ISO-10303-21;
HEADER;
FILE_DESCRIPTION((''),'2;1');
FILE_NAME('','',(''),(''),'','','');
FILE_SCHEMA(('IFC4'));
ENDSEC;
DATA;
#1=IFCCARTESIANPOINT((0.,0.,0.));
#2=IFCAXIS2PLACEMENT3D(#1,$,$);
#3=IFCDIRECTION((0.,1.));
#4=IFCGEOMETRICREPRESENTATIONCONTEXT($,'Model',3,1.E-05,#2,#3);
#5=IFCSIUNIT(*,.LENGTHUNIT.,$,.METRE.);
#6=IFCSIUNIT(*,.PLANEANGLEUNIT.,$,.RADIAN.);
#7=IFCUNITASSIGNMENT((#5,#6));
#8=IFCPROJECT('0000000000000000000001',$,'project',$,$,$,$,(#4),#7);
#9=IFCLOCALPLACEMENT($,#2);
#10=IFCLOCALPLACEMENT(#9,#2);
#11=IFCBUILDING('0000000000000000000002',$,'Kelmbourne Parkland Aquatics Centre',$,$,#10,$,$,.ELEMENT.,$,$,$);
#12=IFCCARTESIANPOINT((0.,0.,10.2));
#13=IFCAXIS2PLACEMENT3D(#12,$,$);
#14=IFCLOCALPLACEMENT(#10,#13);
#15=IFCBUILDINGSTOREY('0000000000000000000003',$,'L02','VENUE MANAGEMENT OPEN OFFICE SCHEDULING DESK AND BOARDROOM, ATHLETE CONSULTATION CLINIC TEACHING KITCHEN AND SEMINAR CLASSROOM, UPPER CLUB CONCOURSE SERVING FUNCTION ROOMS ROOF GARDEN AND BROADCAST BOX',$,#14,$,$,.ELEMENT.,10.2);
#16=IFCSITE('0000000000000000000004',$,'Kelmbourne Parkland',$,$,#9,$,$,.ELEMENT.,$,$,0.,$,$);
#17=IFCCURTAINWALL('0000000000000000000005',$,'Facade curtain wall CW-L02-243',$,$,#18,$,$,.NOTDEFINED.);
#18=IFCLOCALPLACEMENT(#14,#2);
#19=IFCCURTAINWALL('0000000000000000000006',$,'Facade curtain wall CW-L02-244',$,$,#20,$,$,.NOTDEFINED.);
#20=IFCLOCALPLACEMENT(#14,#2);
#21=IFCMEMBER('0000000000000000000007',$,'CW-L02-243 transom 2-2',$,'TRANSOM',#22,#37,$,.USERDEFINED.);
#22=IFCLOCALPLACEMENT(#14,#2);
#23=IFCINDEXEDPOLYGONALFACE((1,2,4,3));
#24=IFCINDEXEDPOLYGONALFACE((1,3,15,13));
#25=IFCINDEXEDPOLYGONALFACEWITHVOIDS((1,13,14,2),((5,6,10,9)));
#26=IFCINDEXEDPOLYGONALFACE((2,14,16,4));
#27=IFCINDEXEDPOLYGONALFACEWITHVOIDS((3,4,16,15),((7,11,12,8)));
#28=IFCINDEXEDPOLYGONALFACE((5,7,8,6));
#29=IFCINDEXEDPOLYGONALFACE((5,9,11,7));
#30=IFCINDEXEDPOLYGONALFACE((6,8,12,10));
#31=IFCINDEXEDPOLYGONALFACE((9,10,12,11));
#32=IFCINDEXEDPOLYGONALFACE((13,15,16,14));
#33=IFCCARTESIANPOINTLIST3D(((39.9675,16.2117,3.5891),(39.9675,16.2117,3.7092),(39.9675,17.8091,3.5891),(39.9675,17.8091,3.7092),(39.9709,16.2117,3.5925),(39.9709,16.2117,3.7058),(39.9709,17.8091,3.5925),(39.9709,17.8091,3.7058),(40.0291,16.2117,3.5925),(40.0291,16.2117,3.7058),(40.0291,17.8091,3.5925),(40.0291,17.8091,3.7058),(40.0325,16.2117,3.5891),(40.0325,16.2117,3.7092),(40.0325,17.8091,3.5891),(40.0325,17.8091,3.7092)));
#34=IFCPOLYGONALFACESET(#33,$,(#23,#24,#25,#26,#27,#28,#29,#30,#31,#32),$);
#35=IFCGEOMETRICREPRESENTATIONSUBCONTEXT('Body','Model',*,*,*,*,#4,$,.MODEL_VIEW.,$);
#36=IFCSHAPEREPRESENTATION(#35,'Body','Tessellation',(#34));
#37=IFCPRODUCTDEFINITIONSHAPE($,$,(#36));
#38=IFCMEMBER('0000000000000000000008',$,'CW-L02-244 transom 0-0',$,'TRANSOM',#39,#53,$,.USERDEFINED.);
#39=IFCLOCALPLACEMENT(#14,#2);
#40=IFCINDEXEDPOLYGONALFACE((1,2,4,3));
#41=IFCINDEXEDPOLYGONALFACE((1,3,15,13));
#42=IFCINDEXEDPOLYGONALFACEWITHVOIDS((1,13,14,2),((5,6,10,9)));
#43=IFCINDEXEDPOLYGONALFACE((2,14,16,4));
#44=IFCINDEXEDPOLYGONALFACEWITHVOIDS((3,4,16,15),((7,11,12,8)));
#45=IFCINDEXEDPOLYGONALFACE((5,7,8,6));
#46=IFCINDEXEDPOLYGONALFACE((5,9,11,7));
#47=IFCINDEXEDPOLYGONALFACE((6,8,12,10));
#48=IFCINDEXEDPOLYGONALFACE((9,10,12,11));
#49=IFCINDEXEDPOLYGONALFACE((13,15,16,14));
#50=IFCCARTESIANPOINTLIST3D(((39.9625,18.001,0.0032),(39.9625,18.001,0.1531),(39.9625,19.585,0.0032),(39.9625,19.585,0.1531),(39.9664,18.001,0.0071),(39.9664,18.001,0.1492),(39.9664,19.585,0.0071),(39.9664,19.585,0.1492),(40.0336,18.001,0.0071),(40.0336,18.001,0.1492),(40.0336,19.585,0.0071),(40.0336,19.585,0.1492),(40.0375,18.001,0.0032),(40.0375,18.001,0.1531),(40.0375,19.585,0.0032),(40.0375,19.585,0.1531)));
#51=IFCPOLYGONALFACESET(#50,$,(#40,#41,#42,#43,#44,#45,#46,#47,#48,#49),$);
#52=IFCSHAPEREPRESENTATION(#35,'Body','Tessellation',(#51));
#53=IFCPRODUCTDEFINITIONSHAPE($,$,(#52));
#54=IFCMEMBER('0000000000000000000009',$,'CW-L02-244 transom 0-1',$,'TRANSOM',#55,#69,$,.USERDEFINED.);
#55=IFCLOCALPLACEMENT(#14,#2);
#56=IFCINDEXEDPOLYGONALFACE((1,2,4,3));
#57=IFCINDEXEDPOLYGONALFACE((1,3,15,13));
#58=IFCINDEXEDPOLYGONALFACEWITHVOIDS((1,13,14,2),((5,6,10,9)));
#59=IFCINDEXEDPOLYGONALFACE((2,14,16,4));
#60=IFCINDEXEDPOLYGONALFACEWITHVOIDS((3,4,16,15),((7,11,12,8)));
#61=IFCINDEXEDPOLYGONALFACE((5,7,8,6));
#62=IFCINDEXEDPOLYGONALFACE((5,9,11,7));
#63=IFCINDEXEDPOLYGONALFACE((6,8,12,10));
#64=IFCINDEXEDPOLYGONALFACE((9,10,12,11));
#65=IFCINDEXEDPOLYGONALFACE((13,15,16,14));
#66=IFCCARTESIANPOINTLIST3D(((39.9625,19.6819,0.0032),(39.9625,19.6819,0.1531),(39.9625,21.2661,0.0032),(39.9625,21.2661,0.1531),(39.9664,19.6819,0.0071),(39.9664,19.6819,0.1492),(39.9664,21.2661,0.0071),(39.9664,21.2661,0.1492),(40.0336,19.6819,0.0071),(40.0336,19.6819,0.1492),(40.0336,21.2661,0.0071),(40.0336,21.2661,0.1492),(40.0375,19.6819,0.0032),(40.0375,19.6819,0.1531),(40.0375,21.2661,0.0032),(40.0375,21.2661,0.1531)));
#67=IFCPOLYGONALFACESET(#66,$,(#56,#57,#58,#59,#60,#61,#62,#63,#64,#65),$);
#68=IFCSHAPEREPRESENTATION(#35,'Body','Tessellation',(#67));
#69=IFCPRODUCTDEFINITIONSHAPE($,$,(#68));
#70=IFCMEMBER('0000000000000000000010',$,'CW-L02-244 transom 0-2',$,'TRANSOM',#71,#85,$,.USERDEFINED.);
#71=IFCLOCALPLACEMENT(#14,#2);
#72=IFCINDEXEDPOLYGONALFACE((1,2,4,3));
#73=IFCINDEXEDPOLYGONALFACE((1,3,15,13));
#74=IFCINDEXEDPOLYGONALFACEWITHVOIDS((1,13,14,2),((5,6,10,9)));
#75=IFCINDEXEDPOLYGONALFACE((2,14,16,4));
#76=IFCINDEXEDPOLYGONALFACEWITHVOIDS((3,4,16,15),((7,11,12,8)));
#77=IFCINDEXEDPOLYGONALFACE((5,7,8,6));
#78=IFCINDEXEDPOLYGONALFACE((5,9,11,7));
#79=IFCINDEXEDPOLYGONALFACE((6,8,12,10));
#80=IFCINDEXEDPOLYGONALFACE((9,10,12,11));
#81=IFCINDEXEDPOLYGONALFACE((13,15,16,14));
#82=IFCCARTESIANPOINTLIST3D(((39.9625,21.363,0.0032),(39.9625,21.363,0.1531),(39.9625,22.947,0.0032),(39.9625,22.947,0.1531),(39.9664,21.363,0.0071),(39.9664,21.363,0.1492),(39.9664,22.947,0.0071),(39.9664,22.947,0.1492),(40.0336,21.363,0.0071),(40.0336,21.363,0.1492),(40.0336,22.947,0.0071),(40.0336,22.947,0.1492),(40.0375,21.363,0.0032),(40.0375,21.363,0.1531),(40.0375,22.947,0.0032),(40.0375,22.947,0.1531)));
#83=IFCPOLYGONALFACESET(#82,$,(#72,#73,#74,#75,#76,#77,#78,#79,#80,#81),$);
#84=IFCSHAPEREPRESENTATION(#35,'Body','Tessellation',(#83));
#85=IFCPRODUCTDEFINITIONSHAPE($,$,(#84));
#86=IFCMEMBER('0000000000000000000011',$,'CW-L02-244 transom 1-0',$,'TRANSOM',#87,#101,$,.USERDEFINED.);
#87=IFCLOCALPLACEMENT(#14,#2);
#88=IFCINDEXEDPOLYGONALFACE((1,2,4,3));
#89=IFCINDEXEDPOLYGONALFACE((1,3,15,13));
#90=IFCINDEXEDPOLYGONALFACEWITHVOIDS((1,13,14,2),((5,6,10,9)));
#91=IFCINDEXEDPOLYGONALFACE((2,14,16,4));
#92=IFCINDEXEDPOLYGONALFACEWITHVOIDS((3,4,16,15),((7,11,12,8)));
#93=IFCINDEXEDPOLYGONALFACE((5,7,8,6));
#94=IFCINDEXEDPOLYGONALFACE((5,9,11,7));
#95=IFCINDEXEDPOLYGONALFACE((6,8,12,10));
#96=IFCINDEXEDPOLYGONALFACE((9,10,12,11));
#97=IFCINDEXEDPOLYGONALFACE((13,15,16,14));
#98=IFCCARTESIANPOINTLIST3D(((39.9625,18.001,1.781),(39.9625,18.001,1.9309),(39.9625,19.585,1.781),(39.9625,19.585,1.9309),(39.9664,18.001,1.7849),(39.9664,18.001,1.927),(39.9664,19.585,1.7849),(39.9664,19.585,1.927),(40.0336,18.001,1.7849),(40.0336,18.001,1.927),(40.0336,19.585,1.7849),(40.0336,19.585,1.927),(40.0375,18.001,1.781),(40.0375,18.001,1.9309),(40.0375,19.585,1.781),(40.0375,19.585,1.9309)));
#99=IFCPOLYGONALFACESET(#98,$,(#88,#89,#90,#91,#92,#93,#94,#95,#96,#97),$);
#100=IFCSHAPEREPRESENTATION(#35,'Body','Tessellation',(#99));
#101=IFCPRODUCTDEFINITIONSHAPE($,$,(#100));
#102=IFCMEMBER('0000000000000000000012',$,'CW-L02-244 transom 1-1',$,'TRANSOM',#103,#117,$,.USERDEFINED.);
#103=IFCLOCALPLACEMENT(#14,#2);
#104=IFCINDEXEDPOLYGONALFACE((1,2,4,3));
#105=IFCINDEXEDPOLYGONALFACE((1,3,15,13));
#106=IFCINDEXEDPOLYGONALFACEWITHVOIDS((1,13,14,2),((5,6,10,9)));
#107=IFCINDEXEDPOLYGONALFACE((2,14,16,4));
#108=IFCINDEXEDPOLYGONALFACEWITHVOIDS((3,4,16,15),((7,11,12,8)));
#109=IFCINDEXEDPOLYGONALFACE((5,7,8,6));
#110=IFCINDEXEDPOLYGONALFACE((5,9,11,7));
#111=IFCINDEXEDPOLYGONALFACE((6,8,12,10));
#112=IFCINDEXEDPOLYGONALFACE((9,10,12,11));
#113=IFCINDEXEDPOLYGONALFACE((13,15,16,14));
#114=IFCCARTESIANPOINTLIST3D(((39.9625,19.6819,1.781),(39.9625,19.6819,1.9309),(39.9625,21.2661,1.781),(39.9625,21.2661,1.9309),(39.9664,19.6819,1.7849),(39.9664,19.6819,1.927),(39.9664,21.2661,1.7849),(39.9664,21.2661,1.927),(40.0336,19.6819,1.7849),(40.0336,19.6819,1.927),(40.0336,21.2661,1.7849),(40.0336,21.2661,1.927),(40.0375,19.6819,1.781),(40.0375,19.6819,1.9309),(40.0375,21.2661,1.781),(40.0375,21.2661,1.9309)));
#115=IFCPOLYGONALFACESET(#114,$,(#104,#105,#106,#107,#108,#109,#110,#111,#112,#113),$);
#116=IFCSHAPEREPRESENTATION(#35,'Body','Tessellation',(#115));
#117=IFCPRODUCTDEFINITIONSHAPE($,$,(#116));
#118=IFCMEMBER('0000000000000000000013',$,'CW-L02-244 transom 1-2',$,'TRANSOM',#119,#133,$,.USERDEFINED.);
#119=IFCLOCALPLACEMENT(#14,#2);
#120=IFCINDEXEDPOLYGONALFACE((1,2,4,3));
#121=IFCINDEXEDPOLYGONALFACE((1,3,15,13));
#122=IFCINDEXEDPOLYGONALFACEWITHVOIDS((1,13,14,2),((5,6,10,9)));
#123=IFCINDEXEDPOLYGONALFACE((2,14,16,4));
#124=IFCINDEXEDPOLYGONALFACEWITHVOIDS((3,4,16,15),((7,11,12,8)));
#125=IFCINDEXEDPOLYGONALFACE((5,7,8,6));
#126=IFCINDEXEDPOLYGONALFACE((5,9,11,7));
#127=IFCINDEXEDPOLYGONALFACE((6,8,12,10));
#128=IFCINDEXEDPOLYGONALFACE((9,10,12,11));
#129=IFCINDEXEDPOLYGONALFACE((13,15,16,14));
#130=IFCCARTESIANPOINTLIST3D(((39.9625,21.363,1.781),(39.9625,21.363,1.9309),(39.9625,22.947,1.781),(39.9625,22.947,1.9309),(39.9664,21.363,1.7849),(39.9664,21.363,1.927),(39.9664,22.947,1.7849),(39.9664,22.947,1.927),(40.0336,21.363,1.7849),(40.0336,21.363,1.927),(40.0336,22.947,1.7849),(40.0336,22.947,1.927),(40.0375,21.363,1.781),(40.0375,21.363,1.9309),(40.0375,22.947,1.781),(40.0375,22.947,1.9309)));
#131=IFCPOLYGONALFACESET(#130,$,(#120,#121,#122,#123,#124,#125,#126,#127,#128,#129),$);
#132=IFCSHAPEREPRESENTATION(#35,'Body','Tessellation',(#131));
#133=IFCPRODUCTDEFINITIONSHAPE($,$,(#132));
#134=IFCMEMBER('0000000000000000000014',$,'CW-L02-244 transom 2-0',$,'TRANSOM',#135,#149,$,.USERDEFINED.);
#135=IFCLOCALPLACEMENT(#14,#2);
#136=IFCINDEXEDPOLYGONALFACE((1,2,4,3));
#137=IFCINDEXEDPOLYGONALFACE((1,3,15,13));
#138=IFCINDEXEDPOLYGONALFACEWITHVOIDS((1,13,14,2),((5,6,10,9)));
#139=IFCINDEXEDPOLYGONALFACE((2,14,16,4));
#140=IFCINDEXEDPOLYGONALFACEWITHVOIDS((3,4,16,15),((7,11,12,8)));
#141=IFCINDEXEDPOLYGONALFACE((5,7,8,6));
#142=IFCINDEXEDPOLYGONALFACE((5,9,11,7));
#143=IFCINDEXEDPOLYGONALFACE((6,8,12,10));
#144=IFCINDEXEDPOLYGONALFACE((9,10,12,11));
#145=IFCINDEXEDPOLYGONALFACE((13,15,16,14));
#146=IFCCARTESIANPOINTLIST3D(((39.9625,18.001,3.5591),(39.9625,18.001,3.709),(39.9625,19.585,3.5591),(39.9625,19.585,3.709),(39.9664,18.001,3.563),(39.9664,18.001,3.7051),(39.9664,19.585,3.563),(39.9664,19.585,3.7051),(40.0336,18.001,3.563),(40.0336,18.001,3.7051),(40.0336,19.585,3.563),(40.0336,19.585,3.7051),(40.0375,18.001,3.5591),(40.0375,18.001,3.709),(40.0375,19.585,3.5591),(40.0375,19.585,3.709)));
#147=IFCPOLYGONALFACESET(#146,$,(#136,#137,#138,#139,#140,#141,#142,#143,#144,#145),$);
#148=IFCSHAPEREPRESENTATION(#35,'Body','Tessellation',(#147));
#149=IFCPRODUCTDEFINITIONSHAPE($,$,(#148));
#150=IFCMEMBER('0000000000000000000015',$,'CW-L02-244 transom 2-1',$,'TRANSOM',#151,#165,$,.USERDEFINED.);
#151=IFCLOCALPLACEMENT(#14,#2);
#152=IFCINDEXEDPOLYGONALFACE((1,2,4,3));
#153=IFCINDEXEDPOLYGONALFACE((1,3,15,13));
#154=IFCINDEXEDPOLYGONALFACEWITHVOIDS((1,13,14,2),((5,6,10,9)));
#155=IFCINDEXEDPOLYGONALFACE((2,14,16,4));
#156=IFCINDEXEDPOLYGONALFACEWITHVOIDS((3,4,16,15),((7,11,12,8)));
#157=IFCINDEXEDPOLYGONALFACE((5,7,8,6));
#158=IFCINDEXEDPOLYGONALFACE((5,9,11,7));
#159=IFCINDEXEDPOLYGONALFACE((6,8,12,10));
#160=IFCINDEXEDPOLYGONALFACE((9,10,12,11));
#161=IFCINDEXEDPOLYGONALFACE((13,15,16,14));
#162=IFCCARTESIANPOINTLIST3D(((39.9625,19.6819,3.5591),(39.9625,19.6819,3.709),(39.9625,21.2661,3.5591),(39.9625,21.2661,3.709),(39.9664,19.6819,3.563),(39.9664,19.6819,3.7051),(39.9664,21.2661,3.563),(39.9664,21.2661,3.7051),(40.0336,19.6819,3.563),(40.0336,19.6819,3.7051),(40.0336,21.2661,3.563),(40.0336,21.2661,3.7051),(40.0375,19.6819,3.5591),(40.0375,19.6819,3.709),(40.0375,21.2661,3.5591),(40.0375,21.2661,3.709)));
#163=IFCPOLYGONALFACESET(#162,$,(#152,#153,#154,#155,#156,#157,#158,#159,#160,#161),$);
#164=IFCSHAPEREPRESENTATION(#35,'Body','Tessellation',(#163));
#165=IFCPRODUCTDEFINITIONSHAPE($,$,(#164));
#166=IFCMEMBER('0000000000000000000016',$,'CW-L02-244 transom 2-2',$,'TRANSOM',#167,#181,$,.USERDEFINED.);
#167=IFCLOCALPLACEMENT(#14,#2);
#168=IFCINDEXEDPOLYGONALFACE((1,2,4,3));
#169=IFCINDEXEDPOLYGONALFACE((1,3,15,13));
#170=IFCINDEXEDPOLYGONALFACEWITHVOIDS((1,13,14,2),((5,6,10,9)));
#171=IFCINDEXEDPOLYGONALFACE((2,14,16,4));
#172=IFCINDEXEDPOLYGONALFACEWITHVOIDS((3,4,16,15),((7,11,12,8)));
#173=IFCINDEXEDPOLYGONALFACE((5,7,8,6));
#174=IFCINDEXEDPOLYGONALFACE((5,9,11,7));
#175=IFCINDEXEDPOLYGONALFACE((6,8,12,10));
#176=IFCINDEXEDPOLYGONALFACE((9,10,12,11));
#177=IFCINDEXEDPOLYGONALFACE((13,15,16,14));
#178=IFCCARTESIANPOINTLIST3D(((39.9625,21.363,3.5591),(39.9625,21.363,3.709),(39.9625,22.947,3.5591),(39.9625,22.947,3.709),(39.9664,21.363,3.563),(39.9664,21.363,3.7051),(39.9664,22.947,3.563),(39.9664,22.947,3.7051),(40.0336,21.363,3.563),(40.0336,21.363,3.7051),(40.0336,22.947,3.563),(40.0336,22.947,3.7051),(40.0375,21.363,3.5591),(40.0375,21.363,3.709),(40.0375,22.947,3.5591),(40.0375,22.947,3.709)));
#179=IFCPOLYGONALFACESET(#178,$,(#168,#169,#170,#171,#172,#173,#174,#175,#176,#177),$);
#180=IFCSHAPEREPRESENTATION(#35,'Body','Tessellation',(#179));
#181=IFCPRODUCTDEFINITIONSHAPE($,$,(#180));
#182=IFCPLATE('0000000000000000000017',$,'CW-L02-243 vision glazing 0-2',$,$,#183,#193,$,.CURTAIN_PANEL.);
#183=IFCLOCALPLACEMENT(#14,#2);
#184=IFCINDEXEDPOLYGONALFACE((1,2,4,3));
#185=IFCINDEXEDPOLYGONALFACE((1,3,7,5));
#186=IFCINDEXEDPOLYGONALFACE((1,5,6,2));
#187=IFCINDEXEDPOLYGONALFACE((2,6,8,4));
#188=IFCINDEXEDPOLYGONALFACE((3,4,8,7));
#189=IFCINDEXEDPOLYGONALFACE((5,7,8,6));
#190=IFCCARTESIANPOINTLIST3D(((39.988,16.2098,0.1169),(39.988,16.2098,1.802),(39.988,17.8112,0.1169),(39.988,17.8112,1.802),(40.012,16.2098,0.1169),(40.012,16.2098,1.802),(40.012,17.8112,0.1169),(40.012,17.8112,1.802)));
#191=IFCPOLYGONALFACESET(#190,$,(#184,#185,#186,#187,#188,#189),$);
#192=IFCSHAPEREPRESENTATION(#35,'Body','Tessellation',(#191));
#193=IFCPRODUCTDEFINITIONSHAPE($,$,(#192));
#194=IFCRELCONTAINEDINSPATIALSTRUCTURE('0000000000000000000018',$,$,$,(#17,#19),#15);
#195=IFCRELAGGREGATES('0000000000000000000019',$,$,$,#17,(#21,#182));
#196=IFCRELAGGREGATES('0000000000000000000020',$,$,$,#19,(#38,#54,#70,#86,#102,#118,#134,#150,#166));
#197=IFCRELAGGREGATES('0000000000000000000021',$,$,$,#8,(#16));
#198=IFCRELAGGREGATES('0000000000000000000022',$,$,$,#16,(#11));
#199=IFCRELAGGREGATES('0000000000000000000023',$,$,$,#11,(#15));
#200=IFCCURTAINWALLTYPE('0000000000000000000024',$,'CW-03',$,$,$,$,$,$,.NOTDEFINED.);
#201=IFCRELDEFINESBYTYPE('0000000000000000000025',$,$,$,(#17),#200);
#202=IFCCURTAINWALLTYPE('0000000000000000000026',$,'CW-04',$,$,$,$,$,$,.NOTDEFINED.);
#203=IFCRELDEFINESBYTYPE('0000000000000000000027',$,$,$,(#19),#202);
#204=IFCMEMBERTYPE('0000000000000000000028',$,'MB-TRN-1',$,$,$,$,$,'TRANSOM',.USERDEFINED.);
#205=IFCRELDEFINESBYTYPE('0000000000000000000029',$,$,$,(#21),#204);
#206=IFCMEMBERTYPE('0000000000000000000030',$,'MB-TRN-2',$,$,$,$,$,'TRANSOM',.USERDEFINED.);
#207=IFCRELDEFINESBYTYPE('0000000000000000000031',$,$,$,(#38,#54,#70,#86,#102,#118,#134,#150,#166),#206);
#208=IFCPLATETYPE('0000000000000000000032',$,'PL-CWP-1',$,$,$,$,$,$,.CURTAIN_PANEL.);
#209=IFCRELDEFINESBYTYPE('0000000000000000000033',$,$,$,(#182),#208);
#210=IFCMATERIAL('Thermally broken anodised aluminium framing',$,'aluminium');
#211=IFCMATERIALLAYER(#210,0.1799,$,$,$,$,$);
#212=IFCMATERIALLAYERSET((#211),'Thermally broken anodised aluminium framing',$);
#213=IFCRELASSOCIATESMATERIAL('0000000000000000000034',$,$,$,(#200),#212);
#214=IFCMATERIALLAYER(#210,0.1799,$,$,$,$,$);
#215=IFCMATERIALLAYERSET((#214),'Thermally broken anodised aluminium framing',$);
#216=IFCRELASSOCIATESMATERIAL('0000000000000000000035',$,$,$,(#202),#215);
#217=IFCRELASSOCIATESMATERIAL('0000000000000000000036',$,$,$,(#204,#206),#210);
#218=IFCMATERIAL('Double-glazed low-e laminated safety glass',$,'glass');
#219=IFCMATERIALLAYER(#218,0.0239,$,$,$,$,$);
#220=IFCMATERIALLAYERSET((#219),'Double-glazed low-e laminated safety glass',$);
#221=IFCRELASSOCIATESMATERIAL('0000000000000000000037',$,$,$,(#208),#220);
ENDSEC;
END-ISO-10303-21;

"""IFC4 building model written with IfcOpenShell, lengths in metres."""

from ifc_helpers import new_model, si_unit, direction, frame, origin, origin_2d, place, context, subcontext, project, spatial, rectangle, hollow_rectangle, extrude, material, layer, layer_set, material_profile, profile_set, type_object, element, aggregate, save


model = new_model("IFC4")

# Units and contexts
model_context = context("Model", 3, precision=1e-05, world=origin(), true_north=direction((0.0, 1.0)))
body_context = subcontext(model_context, "Body", "Model", "MODEL_VIEW")
ifc_project = project(units=[si_unit("LENGTHUNIT", "METRE"), si_unit("PLANEANGLEUNIT", "RADIAN")], contexts=[model_context])

# Site, building, storey
site_placement = place(None, origin())
site = spatial("IfcSite", under=ifc_project, at=site_placement, Name="Kelmbourne Parkland", CompositionType="ELEMENT", RefElevation=0.0)
building_placement = place(site_placement, origin())
building = spatial("IfcBuilding", under=site, at=building_placement, Name="Kelmbourne Parkland Aquatics Centre", CompositionType="ELEMENT")
storey_placement = place(building_placement, frame((0.0, 0.0, 10.2)))
storey = spatial("IfcBuildingStorey", under=building, at=storey_placement, Name="L02", Description="VENUE MANAGEMENT OPEN OFFICE SCHEDULING DESK AND BOARDROOM, ATHLETE CONSULTATION CLINIC TEACHING KITCHEN AND SEMINAR CLASSROOM, UPPER CLUB CONCOURSE SERVING FUNCTION ROOMS ROOF GARDEN AND BROADCAST BOX", CompositionType="ELEMENT", Elevation=10.2)

# Curtain wall
ifc_material_1 = material(Name="Thermally broken anodised aluminium framing", Category="aluminium")
ifc_layer_1 = layer(ifc_material_1, 0.1799)
ifc_layer_set_1 = layer_set([ifc_layer_1], Name="Thermally broken anodised aluminium framing")
curtain_wall_type_1 = type_object("IfcCurtainWallType", Name="CW-03", PredefinedType="NOTDEFINED", material=ifc_layer_set_1)
curtain_wall_1_placement = place(storey_placement, origin())
curtain_wall_1 = element("IfcCurtainWall", 1, at=curtain_wall_1_placement, inside=storey, type_object=curtain_wall_type_1, Name="Facade curtain wall CW-L02-243", PredefinedType="NOTDEFINED")

# Curtain wall
ifc_layer_2 = layer(ifc_material_1, 0.1799)
ifc_layer_set_2 = layer_set([ifc_layer_2], Name="Thermally broken anodised aluminium framing")
curtain_wall_type_2 = type_object("IfcCurtainWallType", Name="CW-04", PredefinedType="NOTDEFINED", material=ifc_layer_set_2)
curtain_wall_2_placement = place(storey_placement, origin())
curtain_wall_2 = element("IfcCurtainWall", 2, at=curtain_wall_2_placement, inside=storey, type_object=curtain_wall_type_2, Name="Facade curtain wall CW-L02-244", PredefinedType="NOTDEFINED")

# Members
ifc_material_profile_1 = material_profile(ifc_material_1, hollow_rectangle(XDim=0.0649, YDim=0.1201, WallThickness=0.0034, at=origin_2d()), Name="CW-T 65x120")
ifc_profile_set_1 = profile_set([ifc_material_profile_1], Name="Thermally broken anodised aluminium framing")
member_type_1 = type_object("IfcMemberType", Name="MB-TRN-1", ElementType="TRANSOM", PredefinedType="USERDEFINED", material=ifc_profile_set_1)
member_1_placement = place(storey_placement, frame((40.0, 16.2117, 3.6492), z_axis=(0.0, 1.0, 0.0), x_axis=(-1.0, 0.0, 0.0)))
member_1 = element("IfcMember", 3, at=member_1_placement, type_object=member_type_1, Name="CW-L02-243 transom 2-2", ObjectType="TRANSOM", PredefinedType="USERDEFINED", context=body_context, shape_type="SweptSolid", body=[
    extrude(hollow_rectangle(XDim=0.0649, YDim=0.1201, WallThickness=0.0034, at=origin_2d()), origin(), (0.0, 0.0, 1.0), 1.5974),
])
ifc_material_profile_2 = material_profile(ifc_material_1, hollow_rectangle(XDim=0.075, YDim=0.1499, WallThickness=0.0039, at=origin_2d()), Name="CW-T 75x150")
ifc_profile_set_2 = profile_set([ifc_material_profile_2], Name="Thermally broken anodised aluminium framing")
member_type_2 = type_object("IfcMemberType", Name="MB-TRN-2", ElementType="TRANSOM", PredefinedType="USERDEFINED", material=ifc_profile_set_2)
member_2_placement = place(storey_placement, frame((40.0, 18.001, 0.0781), z_axis=(0.0, 1.0, 0.0), x_axis=(-1.0, 0.0, 0.0)))
member_2 = element("IfcMember", 4, at=member_2_placement, type_object=member_type_2, Name="CW-L02-244 transom 0-0", ObjectType="TRANSOM", PredefinedType="USERDEFINED", context=body_context, shape_type="SweptSolid", body=[
    extrude(hollow_rectangle(XDim=0.075, YDim=0.1499, WallThickness=0.0039, at=origin_2d()), origin(), (0.0, 0.0, 1.0), 1.584),
])
member_3_placement = place(storey_placement, frame((40.0, 19.6819, 0.0781), z_axis=(0.0, 1.0, 0.0), x_axis=(-1.0, 0.0, 0.0)))
member_3 = element("IfcMember", 5, at=member_3_placement, type_object=member_type_2, Name="CW-L02-244 transom 0-1", ObjectType="TRANSOM", PredefinedType="USERDEFINED", context=body_context, shape_type="SweptSolid", body=[
    extrude(hollow_rectangle(XDim=0.075, YDim=0.1499, WallThickness=0.0039, at=origin_2d()), origin(), (0.0, 0.0, 1.0), 1.5842),
])
member_4_placement = place(storey_placement, frame((40.0, 21.363, 0.0781), z_axis=(0.0, 1.0, 0.0), x_axis=(-1.0, 0.0, 0.0)))
member_4 = element("IfcMember", 6, at=member_4_placement, type_object=member_type_2, Name="CW-L02-244 transom 0-2", ObjectType="TRANSOM", PredefinedType="USERDEFINED", context=body_context, shape_type="SweptSolid", body=[
    extrude(hollow_rectangle(XDim=0.075, YDim=0.1499, WallThickness=0.0039, at=origin_2d()), origin(), (0.0, 0.0, 1.0), 1.584),
])
member_5_placement = place(storey_placement, frame((40.0, 18.001, 1.856), z_axis=(0.0, 1.0, 0.0), x_axis=(-1.0, 0.0, 0.0)))
member_5 = element("IfcMember", 7, at=member_5_placement, type_object=member_type_2, Name="CW-L02-244 transom 1-0", ObjectType="TRANSOM", PredefinedType="USERDEFINED", context=body_context, shape_type="SweptSolid", body=[
    extrude(hollow_rectangle(XDim=0.075, YDim=0.1499, WallThickness=0.0039, at=origin_2d()), origin(), (0.0, 0.0, 1.0), 1.584),
])
member_6_placement = place(storey_placement, frame((40.0, 19.6819, 1.856), z_axis=(0.0, 1.0, 0.0), x_axis=(-1.0, 0.0, 0.0)))
member_6 = element("IfcMember", 8, at=member_6_placement, type_object=member_type_2, Name="CW-L02-244 transom 1-1", ObjectType="TRANSOM", PredefinedType="USERDEFINED", context=body_context, shape_type="SweptSolid", body=[
    extrude(hollow_rectangle(XDim=0.075, YDim=0.1499, WallThickness=0.0039, at=origin_2d()), origin(), (0.0, 0.0, 1.0), 1.5842),
])
member_7_placement = place(storey_placement, frame((40.0, 21.363, 1.856), z_axis=(0.0, 1.0, 0.0), x_axis=(-1.0, 0.0, 0.0)))
member_7 = element("IfcMember", 9, at=member_7_placement, type_object=member_type_2, Name="CW-L02-244 transom 1-2", ObjectType="TRANSOM", PredefinedType="USERDEFINED", context=body_context, shape_type="SweptSolid", body=[
    extrude(hollow_rectangle(XDim=0.075, YDim=0.1499, WallThickness=0.0039, at=origin_2d()), origin(), (0.0, 0.0, 1.0), 1.584),
])
member_8_placement = place(storey_placement, frame((40.0, 18.001, 3.634), z_axis=(0.0, 1.0, 0.0), x_axis=(-1.0, 0.0, 0.0)))
member_8 = element("IfcMember", 10, at=member_8_placement, type_object=member_type_2, Name="CW-L02-244 transom 2-0", ObjectType="TRANSOM", PredefinedType="USERDEFINED", context=body_context, shape_type="SweptSolid", body=[
    extrude(hollow_rectangle(XDim=0.075, YDim=0.1499, WallThickness=0.0039, at=origin_2d()), origin(), (0.0, 0.0, 1.0), 1.584),
])
member_9_placement = place(storey_placement, frame((40.0, 19.6819, 3.634), z_axis=(0.0, 1.0, 0.0), x_axis=(-1.0, 0.0, 0.0)))
member_9 = element("IfcMember", 11, at=member_9_placement, type_object=member_type_2, Name="CW-L02-244 transom 2-1", ObjectType="TRANSOM", PredefinedType="USERDEFINED", context=body_context, shape_type="SweptSolid", body=[
    extrude(hollow_rectangle(XDim=0.075, YDim=0.1499, WallThickness=0.0039, at=origin_2d()), origin(), (0.0, 0.0, 1.0), 1.5842),
])
member_10_placement = place(storey_placement, frame((40.0, 21.363, 3.634), z_axis=(0.0, 1.0, 0.0), x_axis=(-1.0, 0.0, 0.0)))
member_10 = element("IfcMember", 12, at=member_10_placement, type_object=member_type_2, Name="CW-L02-244 transom 2-2", ObjectType="TRANSOM", PredefinedType="USERDEFINED", context=body_context, shape_type="SweptSolid", body=[
    extrude(hollow_rectangle(XDim=0.075, YDim=0.1499, WallThickness=0.0039, at=origin_2d()), origin(), (0.0, 0.0, 1.0), 1.584),
])

# Plate
ifc_material_2 = material(Name="Double-glazed low-e laminated safety glass", Category="glass")
ifc_layer_3 = layer(ifc_material_2, 0.0239)
ifc_layer_set_3 = layer_set([ifc_layer_3], Name="Double-glazed low-e laminated safety glass")
plate_type_1 = type_object("IfcPlateType", Name="PL-CWP-1", PredefinedType="CURTAIN_PANEL", material=ifc_layer_set_3)
plate_1_placement = place(storey_placement, frame((40.0, 17.0105, 0.1169), z_axis=(0.0, 0.0, 1.0), x_axis=(0.0, 1.0, 0.0)))
plate_1 = element("IfcPlate", 13, at=plate_1_placement, type_object=plate_type_1, Name="CW-L02-243 vision glazing 0-2", PredefinedType="CURTAIN_PANEL", context=body_context, shape_type="SweptSolid", body=[
    extrude(rectangle(XDim=1.6013, YDim=0.0239, at=origin_2d()), origin(), (0.0, 0.0, 1.0), 1.6851),
])
aggregate(curtain_wall_1, [member_1, plate_1])
aggregate(curtain_wall_2, [member_2, member_3, member_4, member_5, member_6, member_7, member_8, member_9, member_10])

save(model, "model.ifc")
